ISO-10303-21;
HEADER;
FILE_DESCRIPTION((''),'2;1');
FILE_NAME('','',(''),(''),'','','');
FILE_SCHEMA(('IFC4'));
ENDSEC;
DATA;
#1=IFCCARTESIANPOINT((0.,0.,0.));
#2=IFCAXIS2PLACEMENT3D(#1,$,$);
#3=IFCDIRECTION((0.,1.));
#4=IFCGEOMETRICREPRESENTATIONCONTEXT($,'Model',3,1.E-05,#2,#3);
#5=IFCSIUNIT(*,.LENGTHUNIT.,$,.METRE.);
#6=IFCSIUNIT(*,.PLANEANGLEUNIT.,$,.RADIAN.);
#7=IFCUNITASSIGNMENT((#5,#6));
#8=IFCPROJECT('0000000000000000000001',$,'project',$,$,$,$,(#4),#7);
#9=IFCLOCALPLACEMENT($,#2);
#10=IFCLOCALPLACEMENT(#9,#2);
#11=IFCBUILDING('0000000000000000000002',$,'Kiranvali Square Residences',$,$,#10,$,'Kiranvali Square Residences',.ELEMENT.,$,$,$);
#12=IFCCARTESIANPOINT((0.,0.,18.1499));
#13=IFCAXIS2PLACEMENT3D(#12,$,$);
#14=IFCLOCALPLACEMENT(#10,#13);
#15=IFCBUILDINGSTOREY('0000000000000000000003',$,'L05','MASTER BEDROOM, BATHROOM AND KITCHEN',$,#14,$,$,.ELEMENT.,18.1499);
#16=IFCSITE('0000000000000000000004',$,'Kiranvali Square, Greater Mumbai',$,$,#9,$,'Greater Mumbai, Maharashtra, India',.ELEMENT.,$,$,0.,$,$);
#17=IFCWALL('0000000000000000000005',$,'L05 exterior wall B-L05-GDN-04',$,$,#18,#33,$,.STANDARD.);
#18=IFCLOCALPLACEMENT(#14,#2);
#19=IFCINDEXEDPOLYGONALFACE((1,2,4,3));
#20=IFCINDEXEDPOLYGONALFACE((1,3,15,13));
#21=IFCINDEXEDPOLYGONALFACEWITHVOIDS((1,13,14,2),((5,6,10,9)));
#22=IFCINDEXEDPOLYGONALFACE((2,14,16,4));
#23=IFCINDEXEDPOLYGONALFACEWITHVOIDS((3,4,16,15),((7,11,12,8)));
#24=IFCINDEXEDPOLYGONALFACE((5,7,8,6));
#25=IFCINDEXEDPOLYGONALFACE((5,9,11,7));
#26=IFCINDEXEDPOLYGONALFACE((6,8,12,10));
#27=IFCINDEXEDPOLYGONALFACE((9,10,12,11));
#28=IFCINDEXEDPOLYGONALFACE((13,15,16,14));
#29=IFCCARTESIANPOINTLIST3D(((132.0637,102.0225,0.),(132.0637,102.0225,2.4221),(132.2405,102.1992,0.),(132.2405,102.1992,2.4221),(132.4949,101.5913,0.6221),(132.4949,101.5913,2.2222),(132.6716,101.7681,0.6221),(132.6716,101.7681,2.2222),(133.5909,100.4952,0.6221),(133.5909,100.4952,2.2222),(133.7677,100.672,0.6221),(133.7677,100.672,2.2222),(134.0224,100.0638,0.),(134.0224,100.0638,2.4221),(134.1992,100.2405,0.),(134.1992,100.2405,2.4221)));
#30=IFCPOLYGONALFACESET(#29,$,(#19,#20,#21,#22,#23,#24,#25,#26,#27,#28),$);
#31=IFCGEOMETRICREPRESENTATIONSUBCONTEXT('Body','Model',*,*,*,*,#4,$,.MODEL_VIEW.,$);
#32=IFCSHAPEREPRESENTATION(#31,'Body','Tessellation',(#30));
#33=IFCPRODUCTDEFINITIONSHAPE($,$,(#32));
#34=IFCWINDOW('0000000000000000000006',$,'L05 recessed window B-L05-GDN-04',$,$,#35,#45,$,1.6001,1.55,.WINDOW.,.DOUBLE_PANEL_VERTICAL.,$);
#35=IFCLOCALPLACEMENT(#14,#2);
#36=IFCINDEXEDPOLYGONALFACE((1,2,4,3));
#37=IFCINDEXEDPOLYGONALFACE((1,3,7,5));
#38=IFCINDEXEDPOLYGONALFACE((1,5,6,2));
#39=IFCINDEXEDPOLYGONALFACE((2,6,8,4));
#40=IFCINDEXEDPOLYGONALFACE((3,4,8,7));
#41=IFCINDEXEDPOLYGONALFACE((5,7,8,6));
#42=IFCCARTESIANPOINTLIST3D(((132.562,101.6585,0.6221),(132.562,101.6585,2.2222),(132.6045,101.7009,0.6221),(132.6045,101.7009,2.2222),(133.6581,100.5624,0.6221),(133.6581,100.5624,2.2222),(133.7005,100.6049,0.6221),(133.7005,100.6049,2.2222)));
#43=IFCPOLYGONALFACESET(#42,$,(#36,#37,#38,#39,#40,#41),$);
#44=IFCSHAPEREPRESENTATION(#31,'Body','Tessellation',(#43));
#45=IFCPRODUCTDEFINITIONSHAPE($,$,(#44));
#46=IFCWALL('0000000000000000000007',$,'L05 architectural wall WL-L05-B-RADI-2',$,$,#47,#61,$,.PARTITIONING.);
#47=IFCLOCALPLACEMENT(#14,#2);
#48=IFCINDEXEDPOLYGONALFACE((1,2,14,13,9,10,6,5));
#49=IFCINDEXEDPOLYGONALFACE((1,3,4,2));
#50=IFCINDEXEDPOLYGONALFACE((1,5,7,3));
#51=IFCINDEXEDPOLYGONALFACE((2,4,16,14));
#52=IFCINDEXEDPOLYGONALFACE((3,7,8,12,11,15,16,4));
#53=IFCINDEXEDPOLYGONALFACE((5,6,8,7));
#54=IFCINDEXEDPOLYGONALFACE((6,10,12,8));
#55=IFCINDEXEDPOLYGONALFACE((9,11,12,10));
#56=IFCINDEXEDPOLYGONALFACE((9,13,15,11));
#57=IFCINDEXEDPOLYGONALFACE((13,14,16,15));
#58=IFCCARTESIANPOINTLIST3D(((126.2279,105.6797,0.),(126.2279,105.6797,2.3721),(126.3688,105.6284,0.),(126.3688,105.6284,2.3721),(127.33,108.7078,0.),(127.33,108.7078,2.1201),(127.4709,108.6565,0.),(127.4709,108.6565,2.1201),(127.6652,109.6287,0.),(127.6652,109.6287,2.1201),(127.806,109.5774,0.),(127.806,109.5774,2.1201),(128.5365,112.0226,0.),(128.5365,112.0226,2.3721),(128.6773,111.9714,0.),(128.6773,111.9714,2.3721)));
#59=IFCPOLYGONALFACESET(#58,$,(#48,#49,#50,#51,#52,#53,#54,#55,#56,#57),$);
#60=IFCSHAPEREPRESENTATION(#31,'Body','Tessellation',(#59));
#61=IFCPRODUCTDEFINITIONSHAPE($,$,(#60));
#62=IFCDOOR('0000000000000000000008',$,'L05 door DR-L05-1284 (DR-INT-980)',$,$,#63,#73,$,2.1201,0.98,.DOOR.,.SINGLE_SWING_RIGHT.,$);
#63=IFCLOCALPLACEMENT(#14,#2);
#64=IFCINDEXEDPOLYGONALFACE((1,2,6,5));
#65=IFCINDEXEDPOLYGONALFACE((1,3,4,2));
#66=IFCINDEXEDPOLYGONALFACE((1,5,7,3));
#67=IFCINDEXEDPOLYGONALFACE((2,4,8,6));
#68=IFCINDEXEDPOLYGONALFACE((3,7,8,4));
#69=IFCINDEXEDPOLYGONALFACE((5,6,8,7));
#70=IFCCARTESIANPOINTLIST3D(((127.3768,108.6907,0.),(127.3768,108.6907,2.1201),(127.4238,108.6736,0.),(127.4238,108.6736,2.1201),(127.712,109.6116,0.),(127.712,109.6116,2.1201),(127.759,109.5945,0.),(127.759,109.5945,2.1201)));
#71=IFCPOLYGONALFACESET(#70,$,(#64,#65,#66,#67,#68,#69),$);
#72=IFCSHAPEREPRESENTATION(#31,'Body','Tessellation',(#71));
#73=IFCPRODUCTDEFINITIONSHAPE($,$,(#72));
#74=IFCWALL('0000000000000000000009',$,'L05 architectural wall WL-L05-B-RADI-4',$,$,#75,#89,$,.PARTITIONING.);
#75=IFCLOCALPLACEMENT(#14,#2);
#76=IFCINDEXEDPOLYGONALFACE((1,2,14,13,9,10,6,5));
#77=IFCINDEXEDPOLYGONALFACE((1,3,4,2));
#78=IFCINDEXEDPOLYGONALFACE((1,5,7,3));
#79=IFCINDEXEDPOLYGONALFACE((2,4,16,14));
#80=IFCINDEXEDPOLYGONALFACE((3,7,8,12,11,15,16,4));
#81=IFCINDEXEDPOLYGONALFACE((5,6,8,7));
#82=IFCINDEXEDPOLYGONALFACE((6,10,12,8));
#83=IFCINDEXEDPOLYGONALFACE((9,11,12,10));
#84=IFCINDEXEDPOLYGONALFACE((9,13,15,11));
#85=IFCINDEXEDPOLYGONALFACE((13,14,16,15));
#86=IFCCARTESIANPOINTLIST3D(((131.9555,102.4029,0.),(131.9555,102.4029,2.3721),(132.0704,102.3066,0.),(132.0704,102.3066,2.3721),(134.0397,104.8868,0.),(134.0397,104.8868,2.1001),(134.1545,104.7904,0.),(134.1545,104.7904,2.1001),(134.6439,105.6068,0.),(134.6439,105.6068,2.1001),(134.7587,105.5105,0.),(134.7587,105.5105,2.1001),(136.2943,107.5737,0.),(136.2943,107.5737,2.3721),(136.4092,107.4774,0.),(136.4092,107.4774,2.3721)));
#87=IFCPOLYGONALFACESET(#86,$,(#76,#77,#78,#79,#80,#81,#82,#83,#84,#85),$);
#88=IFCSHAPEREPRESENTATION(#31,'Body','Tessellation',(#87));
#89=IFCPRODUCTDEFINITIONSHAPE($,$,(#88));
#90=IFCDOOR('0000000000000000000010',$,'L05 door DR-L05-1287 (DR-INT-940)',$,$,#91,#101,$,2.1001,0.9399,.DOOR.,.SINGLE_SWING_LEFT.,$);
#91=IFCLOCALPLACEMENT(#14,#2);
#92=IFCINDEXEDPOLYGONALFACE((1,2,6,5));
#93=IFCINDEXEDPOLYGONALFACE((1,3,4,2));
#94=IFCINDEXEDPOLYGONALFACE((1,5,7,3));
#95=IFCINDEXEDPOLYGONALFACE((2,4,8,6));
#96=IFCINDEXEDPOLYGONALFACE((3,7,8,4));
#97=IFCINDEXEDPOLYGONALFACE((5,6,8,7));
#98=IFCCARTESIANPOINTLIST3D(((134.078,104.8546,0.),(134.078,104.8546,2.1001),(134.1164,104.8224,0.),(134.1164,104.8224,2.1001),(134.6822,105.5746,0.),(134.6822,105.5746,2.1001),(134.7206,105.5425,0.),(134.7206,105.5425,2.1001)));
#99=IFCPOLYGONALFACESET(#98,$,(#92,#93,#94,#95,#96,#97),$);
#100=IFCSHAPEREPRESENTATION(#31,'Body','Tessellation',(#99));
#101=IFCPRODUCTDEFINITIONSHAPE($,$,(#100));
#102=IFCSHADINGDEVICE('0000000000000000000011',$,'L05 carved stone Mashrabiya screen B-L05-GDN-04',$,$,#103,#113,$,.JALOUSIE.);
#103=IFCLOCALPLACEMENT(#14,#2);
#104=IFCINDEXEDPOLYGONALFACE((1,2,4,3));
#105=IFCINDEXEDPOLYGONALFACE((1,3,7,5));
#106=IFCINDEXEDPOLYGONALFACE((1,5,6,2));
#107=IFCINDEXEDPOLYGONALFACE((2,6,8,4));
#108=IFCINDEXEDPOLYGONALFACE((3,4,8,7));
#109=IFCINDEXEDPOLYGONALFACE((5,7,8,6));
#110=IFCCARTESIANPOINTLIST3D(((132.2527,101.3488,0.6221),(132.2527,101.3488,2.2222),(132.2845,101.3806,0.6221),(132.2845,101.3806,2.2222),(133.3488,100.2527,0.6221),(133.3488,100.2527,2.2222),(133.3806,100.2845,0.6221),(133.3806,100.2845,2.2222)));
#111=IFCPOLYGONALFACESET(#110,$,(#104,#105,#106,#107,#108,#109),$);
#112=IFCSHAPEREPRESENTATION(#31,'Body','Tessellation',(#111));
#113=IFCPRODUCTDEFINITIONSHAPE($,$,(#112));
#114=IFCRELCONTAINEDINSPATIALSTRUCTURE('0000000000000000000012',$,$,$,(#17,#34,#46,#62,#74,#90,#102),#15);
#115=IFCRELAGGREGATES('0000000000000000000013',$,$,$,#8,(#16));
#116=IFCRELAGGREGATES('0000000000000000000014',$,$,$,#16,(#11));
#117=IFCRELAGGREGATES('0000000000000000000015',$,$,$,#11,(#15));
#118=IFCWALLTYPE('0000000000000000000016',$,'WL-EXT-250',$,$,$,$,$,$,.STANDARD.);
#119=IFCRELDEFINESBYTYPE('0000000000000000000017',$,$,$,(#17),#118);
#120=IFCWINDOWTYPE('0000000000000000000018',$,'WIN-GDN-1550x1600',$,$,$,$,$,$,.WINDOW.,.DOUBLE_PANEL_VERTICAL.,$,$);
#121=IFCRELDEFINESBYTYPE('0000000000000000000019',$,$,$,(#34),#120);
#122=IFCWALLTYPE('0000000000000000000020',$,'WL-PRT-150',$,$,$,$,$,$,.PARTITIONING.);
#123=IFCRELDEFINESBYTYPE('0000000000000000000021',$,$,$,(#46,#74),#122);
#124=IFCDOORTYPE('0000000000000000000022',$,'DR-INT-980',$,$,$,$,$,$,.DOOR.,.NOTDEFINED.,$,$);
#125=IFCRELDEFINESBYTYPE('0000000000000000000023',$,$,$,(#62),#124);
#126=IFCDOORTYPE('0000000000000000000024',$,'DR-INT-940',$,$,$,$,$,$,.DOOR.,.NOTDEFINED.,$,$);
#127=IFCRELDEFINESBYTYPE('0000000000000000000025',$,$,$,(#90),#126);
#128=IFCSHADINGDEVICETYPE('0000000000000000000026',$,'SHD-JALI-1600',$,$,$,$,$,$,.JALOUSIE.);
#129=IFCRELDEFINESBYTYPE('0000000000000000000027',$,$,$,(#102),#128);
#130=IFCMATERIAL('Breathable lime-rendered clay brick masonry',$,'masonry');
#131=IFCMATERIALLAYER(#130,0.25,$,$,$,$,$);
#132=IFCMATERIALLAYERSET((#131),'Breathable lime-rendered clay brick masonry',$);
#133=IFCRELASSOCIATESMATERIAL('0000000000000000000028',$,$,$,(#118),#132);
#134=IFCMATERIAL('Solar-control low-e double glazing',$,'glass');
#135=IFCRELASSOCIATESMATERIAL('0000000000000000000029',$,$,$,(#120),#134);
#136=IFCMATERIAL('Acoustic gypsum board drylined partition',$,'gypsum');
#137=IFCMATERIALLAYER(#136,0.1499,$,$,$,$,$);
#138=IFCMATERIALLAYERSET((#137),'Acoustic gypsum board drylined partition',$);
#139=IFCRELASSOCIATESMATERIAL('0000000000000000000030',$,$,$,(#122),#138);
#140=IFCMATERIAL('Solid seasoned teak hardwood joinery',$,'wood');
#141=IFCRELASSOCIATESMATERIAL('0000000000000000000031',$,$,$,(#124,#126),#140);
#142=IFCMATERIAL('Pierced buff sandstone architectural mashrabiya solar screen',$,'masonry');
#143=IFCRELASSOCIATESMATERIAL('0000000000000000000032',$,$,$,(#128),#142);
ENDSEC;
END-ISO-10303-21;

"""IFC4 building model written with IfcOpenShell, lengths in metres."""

from ifc_helpers import new_model, si_unit, direction, frame, frame_2d, origin, origin_2d, place, context, subcontext, project, spatial, rectangle, extrude, material, layer, layer_set, type_object, element, fill, save


model = new_model("IFC4")

# Units and contexts
model_context = context("Model", 3, precision=1e-05, world=origin(), true_north=direction((0.0, 1.0)))
body_context = subcontext(model_context, "Body", "Model", "MODEL_VIEW")
ifc_project = project(units=[si_unit("LENGTHUNIT", "METRE"), si_unit("PLANEANGLEUNIT", "RADIAN")], contexts=[model_context])

# Site, building, storey
site_placement = place(None, origin())
site = spatial("IfcSite", under=ifc_project, at=site_placement, Name="Kiranvali Square, Greater Mumbai", LongName="Greater Mumbai, Maharashtra, India", CompositionType="ELEMENT", RefElevation=0.0)
building_placement = place(site_placement, origin())
building = spatial("IfcBuilding", under=site, at=building_placement, Name="Kiranvali Square Residences", LongName="Kiranvali Square Residences", CompositionType="ELEMENT")
storey_placement = place(building_placement, frame((0.0, 0.0, 18.1499)))
storey = spatial("IfcBuildingStorey", under=building, at=storey_placement, Name="L05", Description="MASTER BEDROOM, BATHROOM AND KITCHEN", CompositionType="ELEMENT", Elevation=18.1499)

# Shared definitions
ifc_material_1 = material(Name="Breathable lime-rendered clay brick masonry", Category="masonry")
ifc_layer_1 = layer(ifc_material_1, 0.25)
ifc_layer_set_1 = layer_set([ifc_layer_1], Name="Breathable lime-rendered clay brick masonry")
wall_type_1 = type_object("IfcWallType", Name="WL-EXT-250", PredefinedType="STANDARD", material=ifc_layer_set_1)

# Wall, opening, window
ifc_material_2 = material(Name="Solar-control low-e double glazing", Category="glass")
wall_1_placement = place(storey_placement, frame((132.1521, 102.1108, 0.0), z_axis=(0.0, 0.0, 1.0), x_axis=(0.707107, -0.707107, 0.0)))
wall_1 = element("IfcWall", 1, at=wall_1_placement, inside=storey, type_object=wall_type_1, Name="L05 exterior wall B-L05-GDN-04", PredefinedType="STANDARD", context=body_context, shape_type="SweptSolid", body=[
    extrude(rectangle(XDim=2.77, YDim=0.25, at=frame_2d((1.385, 0.0))), origin(), (0.0, 0.0, 1.0), 2.4221),
])
opening_1_placement = place(wall_1_placement, frame((0.6099, 0.0, 0.6221)))
opening_1 = element("IfcOpeningElement", 2, at=opening_1_placement, cuts=wall_1, PredefinedType="OPENING", context=body_context, shape_type="SweptSolid", body=[
    extrude(rectangle(XDim=1.55, YDim=1.6001, at=frame_2d((0.7749, 0.8))), frame((0.0, 0.135, 0.0), z_axis=(0.0, -1.0, 0.0), x_axis=(1.0, 0.0, 0.0)), (0.0, 0.0, 1.0), 0.27),
])
window_type_1 = type_object("IfcWindowType", Name="WIN-GDN-1550x1600", PartitioningType="DOUBLE_PANEL_VERTICAL", PredefinedType="WINDOW", material=ifc_material_2)
window_1_placement = place(opening_1_placement, origin())
window_1 = element("IfcWindow", 3, at=window_1_placement, inside=storey, type_object=window_type_1, Name="L05 recessed window B-L05-GDN-04", OverallHeight=1.6001, OverallWidth=1.55, PartitioningType="DOUBLE_PANEL_VERTICAL", PredefinedType="WINDOW", context=body_context, shape_type="SweptSolid", body=[
    extrude(rectangle(XDim=1.55, YDim=1.6001, at=frame_2d((0.7749, 0.8))), frame((0.0, 0.03, 0.0), z_axis=(0.0, -1.0, 0.0), x_axis=(1.0, 0.0, 0.0)), (0.0, 0.0, 1.0), 0.0601),
])
fill(opening_1, window_1)

# Walls, openings, doors
ifc_material_3 = material(Name="Acoustic gypsum board drylined partition", Category="gypsum")
ifc_layer_2 = layer(ifc_material_3, 0.1499)
ifc_layer_set_2 = layer_set([ifc_layer_2], Name="Acoustic gypsum board drylined partition")
wall_type_2 = type_object("IfcWallType", Name="WL-PRT-150", PredefinedType="PARTITIONING", material=ifc_layer_set_2)
wall_2_placement = place(storey_placement, frame((126.2983, 105.6541, 0.0), z_axis=(0.0, 0.0, 1.0), x_axis=(0.34201, 0.939696, 0.0)))
wall_2 = element("IfcWall", 4, at=wall_2_placement, inside=storey, type_object=wall_type_2, Name="L05 architectural wall WL-L05-B-RADI-2", PredefinedType="PARTITIONING", context=body_context, shape_type="SweptSolid", body=[
    extrude(rectangle(XDim=6.75, YDim=0.1499, at=frame_2d((3.375, 0.0))), origin(), (0.0, 0.0, 1.0), 2.3721),
])
opening_2_placement = place(wall_2_placement, frame((3.2224, 0.0, 0.0)))
opening_2 = element("IfcOpeningElement", 5, at=opening_2_placement, cuts=wall_2, PredefinedType="OPENING", context=body_context, shape_type="SweptSolid", body=[
    extrude(rectangle(XDim=0.98, YDim=2.1201, at=frame_2d((0.49, 1.0601))), frame((0.0, 0.085, 0.0), z_axis=(0.0, -1.0, 0.0), x_axis=(1.0, 0.0, 0.0)), (0.0, 0.0, 1.0), 0.1699),
])
ifc_material_4 = material(Name="Solid seasoned teak hardwood joinery", Category="wood")
door_type_1 = type_object("IfcDoorType", Name="DR-INT-980", OperationType="NOTDEFINED", PredefinedType="DOOR", material=ifc_material_4)
door_1_placement = place(opening_2_placement, frame((0.98, 0.0, 0.0), z_axis=(0.0, 0.0, 1.0), x_axis=(-1.0, 0.0, 0.0)))
door_1 = element("IfcDoor", 6, at=door_1_placement, inside=storey, type_object=door_type_1, Name="L05 door DR-L05-1284 (DR-INT-980)", OperationType="SINGLE_SWING_RIGHT", OverallHeight=2.1201, OverallWidth=0.98, PredefinedType="DOOR", context=body_context, shape_type="SweptSolid", body=[
    extrude(rectangle(XDim=0.98, YDim=2.1201, at=frame_2d((0.49, 1.0601))), frame((0.0, 0.0249, 0.0), z_axis=(0.0, -1.0, 0.0), x_axis=(1.0, 0.0, 0.0)), (0.0, 0.0, 1.0), 0.05),
])
fill(opening_2, door_1)
wall_3_placement = place(storey_placement, frame((132.0129, 102.3547, 0.0), z_axis=(0.0, 0.0, 1.0), x_axis=(0.642785, 0.766047, 0.0)))
wall_3 = element("IfcWall", 7, at=wall_3_placement, inside=storey, type_object=wall_type_2, Name="L05 architectural wall WL-L05-B-RADI-4", PredefinedType="PARTITIONING", context=body_context, shape_type="SweptSolid", body=[
    extrude(rectangle(XDim=6.75, YDim=0.1499, at=frame_2d((3.375, 0.0))), origin(), (0.0, 0.0, 1.0), 2.3721),
])
opening_3_placement = place(wall_3_placement, frame((3.2424, 0.0, 0.0)))
opening_3 = element("IfcOpeningElement", 8, at=opening_3_placement, cuts=wall_3, PredefinedType="OPENING", context=body_context, shape_type="SweptSolid", body=[
    extrude(rectangle(XDim=0.9399, YDim=2.1001, at=frame_2d((0.47, 1.05))), frame((0.0, 0.085, 0.0), z_axis=(0.0, -1.0, 0.0), x_axis=(1.0, 0.0, 0.0)), (0.0, 0.0, 1.0), 0.1699),
])
door_type_2 = type_object("IfcDoorType", Name="DR-INT-940", OperationType="NOTDEFINED", PredefinedType="DOOR", material=ifc_material_4)
door_2_placement = place(opening_3_placement, origin())
door_2 = element("IfcDoor", 9, at=door_2_placement, inside=storey, type_object=door_type_2, Name="L05 door DR-L05-1287 (DR-INT-940)", OperationType="SINGLE_SWING_LEFT", OverallHeight=2.1001, OverallWidth=0.9399, PredefinedType="DOOR", context=body_context, shape_type="SweptSolid", body=[
    extrude(rectangle(XDim=0.9399, YDim=2.1001, at=frame_2d((0.47, 1.05))), frame((0.0, 0.0249, 0.0), z_axis=(0.0, -1.0, 0.0), x_axis=(1.0, 0.0, 0.0)), (0.0, 0.0, 1.0), 0.05),
])
fill(opening_3, door_2)

# Shading device
ifc_material_5 = material(Name="Pierced buff sandstone architectural mashrabiya solar screen", Category="masonry")
shading_device_type = type_object("IfcShadingDeviceType", Name="SHD-JALI-1600", PredefinedType="JALOUSIE", material=ifc_material_5)
shading_device_placement = place(storey_placement, frame((132.8167, 100.8167, 0.6221), z_axis=(0.0, 0.0, 1.0), x_axis=(0.707107, -0.707107, 0.0)))
element("IfcShadingDevice", 10, at=shading_device_placement, inside=storey, type_object=shading_device_type, Name="L05 carved stone Mashrabiya screen B-L05-GDN-04", PredefinedType="JALOUSIE", context=body_context, shape_type="SweptSolid", body=[
    extrude(rectangle(XDim=1.55, YDim=0.0449, at=origin_2d()), origin(), (0.0, 0.0, 1.0), 1.6001),
])

save(model, "model.ifc")
